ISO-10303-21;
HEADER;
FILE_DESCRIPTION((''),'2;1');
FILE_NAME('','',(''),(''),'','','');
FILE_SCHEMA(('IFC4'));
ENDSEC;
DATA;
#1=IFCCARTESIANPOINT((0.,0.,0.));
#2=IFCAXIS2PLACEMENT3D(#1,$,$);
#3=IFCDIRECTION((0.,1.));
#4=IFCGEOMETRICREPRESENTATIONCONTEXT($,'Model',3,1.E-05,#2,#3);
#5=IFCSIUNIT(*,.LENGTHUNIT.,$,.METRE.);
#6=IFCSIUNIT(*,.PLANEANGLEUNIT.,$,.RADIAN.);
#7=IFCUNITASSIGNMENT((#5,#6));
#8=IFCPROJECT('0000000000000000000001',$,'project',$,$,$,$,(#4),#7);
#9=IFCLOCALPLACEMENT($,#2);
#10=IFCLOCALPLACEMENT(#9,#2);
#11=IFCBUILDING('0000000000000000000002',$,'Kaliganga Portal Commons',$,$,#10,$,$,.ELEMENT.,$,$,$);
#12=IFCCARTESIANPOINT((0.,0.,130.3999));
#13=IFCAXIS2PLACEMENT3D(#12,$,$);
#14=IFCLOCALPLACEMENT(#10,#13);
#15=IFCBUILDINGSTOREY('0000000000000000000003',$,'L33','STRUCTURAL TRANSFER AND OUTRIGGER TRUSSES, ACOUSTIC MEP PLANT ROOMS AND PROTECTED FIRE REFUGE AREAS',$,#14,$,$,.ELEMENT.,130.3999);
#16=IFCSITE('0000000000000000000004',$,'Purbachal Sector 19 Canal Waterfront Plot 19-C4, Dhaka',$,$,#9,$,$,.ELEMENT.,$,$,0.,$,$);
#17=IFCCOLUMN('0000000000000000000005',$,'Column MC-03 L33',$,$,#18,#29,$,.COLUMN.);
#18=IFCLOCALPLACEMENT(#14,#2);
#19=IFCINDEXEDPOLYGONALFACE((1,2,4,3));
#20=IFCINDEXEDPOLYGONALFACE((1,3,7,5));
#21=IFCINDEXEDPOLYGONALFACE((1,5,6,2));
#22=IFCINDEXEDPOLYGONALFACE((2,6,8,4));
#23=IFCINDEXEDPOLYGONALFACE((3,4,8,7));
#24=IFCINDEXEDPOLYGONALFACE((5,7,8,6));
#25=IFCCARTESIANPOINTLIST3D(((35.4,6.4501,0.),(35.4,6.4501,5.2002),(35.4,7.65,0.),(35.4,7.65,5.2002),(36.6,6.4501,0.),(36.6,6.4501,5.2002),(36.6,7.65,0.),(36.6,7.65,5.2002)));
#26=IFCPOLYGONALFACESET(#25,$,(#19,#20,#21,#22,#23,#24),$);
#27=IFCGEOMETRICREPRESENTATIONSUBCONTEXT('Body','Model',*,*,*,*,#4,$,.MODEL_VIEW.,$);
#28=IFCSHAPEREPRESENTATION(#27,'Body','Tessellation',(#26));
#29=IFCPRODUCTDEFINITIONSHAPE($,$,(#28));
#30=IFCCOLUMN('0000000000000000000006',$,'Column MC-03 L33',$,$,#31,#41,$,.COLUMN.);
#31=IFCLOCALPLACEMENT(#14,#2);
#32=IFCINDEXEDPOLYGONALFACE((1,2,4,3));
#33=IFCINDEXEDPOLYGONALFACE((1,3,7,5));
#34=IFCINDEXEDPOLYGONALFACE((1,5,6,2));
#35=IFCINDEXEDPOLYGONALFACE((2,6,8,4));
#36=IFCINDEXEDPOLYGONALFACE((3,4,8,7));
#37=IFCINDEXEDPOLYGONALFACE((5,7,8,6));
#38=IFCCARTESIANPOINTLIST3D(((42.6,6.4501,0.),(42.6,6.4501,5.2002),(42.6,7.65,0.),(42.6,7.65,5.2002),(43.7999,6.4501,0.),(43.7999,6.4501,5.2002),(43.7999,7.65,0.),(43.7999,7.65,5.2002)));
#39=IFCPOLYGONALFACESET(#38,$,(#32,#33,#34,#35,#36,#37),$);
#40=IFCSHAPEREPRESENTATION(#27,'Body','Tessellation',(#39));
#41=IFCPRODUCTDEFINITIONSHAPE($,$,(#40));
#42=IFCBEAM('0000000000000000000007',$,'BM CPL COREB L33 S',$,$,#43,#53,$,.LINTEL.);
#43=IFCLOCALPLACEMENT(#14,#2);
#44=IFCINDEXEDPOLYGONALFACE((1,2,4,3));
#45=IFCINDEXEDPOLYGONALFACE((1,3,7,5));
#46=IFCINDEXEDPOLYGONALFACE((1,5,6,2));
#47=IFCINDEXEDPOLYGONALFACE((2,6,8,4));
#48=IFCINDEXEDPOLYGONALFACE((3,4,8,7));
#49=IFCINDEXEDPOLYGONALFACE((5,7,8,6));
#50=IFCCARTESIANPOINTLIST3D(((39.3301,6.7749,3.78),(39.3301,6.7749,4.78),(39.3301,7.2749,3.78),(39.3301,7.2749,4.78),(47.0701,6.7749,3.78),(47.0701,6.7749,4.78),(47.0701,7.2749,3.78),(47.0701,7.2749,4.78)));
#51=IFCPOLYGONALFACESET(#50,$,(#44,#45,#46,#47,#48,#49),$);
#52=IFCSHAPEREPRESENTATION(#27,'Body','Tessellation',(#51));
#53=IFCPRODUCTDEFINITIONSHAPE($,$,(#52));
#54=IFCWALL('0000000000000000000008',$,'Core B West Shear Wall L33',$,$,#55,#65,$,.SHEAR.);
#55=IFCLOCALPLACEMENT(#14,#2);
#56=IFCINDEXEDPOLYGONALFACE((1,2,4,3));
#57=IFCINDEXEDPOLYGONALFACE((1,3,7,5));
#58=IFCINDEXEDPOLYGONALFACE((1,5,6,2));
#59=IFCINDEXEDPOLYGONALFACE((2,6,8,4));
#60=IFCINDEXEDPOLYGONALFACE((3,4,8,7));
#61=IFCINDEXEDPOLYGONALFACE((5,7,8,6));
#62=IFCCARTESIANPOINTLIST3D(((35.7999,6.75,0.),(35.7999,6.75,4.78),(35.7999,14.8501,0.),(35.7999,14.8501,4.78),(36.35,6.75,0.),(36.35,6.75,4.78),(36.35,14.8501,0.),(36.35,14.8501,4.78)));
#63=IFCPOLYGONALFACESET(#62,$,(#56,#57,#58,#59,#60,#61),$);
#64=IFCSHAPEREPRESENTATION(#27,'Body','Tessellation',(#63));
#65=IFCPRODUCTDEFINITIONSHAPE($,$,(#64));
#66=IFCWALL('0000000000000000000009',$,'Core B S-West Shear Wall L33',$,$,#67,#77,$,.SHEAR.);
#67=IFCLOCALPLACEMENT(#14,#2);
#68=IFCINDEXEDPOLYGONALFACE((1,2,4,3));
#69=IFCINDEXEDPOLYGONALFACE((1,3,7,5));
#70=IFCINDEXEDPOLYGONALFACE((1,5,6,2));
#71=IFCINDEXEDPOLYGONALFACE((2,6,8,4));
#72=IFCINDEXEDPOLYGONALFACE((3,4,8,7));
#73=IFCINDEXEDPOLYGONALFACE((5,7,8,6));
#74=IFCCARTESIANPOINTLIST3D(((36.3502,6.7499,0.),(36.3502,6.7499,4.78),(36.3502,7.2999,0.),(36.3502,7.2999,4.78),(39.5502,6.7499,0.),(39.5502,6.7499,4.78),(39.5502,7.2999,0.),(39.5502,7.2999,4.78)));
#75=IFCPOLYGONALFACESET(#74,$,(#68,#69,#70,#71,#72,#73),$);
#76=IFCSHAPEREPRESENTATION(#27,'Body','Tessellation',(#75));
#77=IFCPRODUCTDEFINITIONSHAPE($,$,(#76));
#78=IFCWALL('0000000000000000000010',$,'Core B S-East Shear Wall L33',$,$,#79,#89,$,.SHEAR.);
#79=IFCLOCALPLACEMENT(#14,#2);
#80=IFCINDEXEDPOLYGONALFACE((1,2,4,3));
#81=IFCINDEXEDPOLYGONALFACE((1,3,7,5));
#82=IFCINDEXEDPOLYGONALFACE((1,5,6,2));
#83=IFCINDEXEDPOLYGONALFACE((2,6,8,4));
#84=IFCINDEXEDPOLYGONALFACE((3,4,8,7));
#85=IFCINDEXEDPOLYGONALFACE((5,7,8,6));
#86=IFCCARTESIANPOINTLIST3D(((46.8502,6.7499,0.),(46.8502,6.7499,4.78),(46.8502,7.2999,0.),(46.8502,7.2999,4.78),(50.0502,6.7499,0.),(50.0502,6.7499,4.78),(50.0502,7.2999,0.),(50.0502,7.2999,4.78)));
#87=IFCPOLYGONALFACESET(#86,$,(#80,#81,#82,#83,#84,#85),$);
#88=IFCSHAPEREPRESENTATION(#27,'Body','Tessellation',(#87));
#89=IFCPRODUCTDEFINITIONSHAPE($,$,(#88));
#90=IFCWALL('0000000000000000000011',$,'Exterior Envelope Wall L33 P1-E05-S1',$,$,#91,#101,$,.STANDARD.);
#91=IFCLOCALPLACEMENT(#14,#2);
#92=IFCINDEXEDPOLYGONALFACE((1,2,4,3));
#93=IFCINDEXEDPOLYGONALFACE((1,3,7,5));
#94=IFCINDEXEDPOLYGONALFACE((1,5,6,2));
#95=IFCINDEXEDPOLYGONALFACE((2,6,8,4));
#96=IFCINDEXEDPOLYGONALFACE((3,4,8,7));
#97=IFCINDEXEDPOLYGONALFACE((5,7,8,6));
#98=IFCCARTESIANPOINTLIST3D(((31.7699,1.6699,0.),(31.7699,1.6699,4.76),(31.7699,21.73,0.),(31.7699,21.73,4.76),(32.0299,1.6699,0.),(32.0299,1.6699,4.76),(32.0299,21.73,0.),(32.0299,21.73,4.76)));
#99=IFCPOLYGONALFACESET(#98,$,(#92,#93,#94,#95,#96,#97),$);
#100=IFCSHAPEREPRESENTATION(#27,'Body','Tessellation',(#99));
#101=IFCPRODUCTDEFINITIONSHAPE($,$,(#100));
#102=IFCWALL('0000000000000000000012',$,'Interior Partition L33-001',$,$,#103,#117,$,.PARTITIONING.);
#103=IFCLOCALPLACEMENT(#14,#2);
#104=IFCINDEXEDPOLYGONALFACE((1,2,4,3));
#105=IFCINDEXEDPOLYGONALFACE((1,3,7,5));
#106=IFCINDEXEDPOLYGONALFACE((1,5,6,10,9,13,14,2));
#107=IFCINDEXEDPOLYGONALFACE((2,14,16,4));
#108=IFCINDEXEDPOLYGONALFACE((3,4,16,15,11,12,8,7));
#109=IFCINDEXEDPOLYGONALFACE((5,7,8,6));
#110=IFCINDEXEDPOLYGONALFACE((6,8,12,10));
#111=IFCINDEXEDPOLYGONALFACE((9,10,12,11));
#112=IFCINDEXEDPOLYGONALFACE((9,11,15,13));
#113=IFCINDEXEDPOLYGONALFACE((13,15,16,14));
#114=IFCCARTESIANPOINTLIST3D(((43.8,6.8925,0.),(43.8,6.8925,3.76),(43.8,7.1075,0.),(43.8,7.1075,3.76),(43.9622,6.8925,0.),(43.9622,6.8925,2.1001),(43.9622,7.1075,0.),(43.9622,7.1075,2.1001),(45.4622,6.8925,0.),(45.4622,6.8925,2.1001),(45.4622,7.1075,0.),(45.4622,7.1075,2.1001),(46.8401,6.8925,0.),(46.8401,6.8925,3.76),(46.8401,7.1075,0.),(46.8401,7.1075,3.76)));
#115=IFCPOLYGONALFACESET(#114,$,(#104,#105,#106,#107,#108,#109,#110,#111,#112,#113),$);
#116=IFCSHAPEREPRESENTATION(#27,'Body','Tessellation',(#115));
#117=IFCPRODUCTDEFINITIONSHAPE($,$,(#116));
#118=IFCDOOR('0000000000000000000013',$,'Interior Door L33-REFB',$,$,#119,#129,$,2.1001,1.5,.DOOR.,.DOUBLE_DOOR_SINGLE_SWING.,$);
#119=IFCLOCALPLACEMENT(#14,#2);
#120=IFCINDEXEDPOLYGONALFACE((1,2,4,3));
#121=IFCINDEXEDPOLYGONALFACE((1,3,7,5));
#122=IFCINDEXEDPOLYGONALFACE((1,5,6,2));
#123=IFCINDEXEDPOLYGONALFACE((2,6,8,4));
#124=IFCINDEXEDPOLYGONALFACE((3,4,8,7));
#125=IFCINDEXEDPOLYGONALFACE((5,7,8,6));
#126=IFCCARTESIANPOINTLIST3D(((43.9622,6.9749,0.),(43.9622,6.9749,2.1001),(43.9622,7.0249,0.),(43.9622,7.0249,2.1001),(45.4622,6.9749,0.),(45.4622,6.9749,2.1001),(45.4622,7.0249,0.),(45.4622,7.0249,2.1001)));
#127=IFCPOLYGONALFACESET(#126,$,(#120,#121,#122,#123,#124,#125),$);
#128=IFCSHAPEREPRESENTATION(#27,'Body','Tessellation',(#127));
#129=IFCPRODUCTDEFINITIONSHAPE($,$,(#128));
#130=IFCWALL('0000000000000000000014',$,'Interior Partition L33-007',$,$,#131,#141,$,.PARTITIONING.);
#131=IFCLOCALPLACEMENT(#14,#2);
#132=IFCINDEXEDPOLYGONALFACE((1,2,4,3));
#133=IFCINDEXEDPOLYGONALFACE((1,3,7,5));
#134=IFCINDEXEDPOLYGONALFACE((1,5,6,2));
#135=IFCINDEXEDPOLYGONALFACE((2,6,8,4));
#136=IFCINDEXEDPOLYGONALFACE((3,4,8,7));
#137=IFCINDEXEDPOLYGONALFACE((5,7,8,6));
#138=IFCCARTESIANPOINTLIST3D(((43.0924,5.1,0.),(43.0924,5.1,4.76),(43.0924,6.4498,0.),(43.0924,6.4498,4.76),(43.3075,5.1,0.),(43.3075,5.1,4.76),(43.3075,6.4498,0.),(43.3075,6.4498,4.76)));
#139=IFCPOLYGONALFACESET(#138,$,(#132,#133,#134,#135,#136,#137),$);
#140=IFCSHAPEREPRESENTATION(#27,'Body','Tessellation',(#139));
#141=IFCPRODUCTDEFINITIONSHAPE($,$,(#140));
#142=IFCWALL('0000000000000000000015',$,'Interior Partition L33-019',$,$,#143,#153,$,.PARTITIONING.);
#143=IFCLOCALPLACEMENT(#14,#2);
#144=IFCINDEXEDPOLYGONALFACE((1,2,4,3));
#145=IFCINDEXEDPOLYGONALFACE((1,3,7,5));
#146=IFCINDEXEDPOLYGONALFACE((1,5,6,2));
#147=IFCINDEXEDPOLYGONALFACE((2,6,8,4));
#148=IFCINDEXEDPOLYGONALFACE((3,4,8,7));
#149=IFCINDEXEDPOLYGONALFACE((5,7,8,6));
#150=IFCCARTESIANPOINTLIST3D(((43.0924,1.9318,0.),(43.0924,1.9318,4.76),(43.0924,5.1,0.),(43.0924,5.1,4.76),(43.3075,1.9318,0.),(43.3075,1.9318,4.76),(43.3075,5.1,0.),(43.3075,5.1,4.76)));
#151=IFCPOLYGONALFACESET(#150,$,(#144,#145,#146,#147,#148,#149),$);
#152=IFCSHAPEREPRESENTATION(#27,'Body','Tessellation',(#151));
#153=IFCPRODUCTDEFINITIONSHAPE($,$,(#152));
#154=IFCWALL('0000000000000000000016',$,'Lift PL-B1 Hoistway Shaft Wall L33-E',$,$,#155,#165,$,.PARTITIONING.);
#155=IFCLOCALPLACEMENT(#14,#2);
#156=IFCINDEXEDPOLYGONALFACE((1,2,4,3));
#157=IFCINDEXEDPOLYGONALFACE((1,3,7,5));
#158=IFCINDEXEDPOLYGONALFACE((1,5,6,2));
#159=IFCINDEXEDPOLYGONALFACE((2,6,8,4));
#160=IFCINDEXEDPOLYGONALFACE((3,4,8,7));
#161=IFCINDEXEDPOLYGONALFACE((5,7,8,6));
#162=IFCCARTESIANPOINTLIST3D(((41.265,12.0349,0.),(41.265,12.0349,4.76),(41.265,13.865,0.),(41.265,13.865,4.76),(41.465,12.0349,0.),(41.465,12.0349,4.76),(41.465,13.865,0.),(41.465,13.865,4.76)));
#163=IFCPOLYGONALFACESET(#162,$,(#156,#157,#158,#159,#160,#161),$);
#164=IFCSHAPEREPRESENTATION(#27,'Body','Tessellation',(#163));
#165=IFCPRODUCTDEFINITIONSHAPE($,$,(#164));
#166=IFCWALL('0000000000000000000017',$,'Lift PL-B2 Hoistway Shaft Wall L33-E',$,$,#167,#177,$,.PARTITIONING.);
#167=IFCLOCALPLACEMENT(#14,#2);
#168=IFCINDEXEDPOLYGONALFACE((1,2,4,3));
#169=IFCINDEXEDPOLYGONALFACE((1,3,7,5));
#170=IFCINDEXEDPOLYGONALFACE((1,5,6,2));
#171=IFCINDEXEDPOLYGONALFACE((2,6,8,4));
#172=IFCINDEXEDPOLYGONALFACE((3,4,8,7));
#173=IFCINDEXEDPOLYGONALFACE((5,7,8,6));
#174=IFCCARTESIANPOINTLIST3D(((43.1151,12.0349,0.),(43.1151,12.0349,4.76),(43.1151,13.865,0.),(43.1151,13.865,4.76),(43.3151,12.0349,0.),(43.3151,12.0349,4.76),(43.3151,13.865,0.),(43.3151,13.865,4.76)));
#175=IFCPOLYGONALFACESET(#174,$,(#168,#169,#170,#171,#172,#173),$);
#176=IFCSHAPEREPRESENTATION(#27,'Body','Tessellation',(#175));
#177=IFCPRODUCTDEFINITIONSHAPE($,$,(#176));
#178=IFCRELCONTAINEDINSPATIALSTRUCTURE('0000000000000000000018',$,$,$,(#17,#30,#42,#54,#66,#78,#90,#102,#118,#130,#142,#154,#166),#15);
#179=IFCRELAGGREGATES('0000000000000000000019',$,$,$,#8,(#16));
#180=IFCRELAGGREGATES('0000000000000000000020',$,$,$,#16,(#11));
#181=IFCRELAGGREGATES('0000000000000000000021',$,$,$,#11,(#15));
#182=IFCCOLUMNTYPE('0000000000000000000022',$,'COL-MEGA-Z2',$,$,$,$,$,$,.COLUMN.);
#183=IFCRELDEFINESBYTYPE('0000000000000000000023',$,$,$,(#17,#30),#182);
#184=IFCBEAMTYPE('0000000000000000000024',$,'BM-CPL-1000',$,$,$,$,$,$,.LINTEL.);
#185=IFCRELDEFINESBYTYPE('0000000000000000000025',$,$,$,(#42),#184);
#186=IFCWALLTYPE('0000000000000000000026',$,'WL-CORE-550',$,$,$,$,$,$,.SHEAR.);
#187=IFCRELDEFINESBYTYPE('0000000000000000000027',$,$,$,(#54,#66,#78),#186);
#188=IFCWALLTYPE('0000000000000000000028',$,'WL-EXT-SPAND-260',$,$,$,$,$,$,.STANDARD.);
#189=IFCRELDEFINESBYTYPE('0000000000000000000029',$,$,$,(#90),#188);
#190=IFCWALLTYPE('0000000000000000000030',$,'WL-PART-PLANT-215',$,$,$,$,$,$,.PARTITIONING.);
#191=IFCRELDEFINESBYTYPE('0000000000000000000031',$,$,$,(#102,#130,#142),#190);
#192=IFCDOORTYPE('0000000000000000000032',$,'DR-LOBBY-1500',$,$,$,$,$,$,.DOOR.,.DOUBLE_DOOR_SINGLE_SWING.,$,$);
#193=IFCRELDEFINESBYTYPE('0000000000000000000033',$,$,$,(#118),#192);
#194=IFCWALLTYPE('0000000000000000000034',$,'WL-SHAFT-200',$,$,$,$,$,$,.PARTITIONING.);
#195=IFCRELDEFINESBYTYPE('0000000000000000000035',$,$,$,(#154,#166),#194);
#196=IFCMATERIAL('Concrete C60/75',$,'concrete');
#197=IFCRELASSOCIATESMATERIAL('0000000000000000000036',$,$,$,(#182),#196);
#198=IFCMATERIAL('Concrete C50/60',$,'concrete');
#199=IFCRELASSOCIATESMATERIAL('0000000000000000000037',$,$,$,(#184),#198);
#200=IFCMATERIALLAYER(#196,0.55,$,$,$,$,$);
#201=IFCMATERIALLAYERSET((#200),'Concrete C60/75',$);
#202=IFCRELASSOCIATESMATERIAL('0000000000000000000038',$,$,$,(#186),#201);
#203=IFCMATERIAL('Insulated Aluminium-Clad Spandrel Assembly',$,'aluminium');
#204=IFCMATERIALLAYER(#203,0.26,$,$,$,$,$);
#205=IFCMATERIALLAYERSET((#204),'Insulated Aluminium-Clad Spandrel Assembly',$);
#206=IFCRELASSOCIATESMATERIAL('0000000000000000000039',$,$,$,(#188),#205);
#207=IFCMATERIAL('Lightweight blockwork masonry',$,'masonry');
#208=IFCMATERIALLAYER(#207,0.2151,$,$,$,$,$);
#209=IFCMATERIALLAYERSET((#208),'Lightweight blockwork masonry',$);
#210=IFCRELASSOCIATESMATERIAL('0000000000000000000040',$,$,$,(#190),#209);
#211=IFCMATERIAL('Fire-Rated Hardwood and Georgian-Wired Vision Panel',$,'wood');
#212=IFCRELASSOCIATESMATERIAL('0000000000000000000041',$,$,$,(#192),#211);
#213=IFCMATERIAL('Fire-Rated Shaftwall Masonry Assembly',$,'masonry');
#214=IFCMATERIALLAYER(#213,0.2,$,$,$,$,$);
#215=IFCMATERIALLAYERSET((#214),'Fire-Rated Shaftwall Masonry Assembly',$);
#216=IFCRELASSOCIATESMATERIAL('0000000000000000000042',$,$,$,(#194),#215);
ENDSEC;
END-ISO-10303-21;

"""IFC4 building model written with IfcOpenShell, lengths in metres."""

from ifc_helpers import new_model, si_unit, direction, frame, frame_2d, origin, origin_2d, place, context, subcontext, project, spatial, rectangle, extrude, source, transform, mapped, material, layer, layer_set, material_profile, profile_set, type_object, element, fill, save


model = new_model("IFC4")

# Units and contexts
model_context = context("Model", 3, precision=1e-05, world=origin(), true_north=direction((0.0, 1.0)))
body_context = subcontext(model_context, "Body", "Model", "MODEL_VIEW")
ifc_project = project(units=[si_unit("LENGTHUNIT", "METRE"), si_unit("PLANEANGLEUNIT", "RADIAN")], contexts=[model_context])

# Site, building, storey
site_placement = place(None, origin())
site = spatial("IfcSite", under=ifc_project, at=site_placement, Name="Purbachal Sector 19 Canal Waterfront Plot 19-C4, Dhaka", CompositionType="ELEMENT", RefElevation=0.0)
building_placement = place(site_placement, origin())
building = spatial("IfcBuilding", under=site, at=building_placement, Name="Kaliganga Portal Commons", CompositionType="ELEMENT")
storey_placement = place(building_placement, frame((0.0, 0.0, 130.3999)))
storey = spatial("IfcBuildingStorey", under=building, at=storey_placement, Name="L33", Description="STRUCTURAL TRANSFER AND OUTRIGGER TRUSSES, ACOUSTIC MEP PLANT ROOMS AND PROTECTED FIRE REFUGE AREAS", CompositionType="ELEMENT", Elevation=130.3999)

# Columns
ifc_material_1 = material(Name="Concrete C60/75", Category="concrete")
ifc_material_profile_1 = material_profile(ifc_material_1, rectangle(XDim=1.2, YDim=1.2, at=origin_2d()), Name="RC 1200x1200")
ifc_profile_set_1 = profile_set([ifc_material_profile_1], Name="Concrete C60/75")
column_type = type_object("IfcColumnType", Name="COL-MEGA-Z2", PredefinedType="COLUMN", material=ifc_profile_set_1)
shared_shape_1 = source(origin(), body_context, "Body", "SweptSolid", [
    extrude(rectangle(XDim=1.2, YDim=1.2, at=origin_2d()), origin(), (0.0, 0.0, 1.0), 5.2002),
])
for number, where, z_axis, x_axis, name in (
    (1, (36.0, 7.05, 0.0), (0.0, 0.0, 1.0), (1.0, 0.0, 0.0), "Column MC-03 L33"),
    (2, (43.2, 7.05, 0.0), (0.0, 0.0, 1.0), (1.0, 0.0, 0.0), "Column MC-03 L33"),
):
    element("IfcColumn", number, at=place(storey_placement, frame(where, z_axis=z_axis, x_axis=x_axis)), inside=storey, type_object=column_type, Name=name, PredefinedType="COLUMN", context=body_context, shape_type="MappedRepresentation", body=[
        mapped(shared_shape_1, transform((0.0, 0.0, 0.0), x_axis=(1.0, 0.0, 0.0), y_axis=(0.0, 1.0, 0.0), z_axis=(0.0, 0.0, 1.0), scale=1.0)),
    ])

# Beam
ifc_material_2 = material(Name="Concrete C50/60", Category="concrete")
ifc_material_profile_2 = material_profile(ifc_material_2, rectangle(XDim=0.5, YDim=1.0, at=origin_2d()), Name="RC 500x1000")
ifc_profile_set_2 = profile_set([ifc_material_profile_2], Name="Concrete C50/60")
beam_type = type_object("IfcBeamType", Name="BM-CPL-1000", PredefinedType="LINTEL", material=ifc_profile_set_2)
shared_shape_2 = source(origin(), body_context, "Body", "SweptSolid", [
    extrude(rectangle(XDim=0.5, YDim=1.0, at=origin_2d()), origin(), (0.0, 0.0, 1.0), 7.74),
])
beam_placement = place(storey_placement, frame((39.3301, 7.0249, 4.28), z_axis=(1.0, 0.0, 0.0), x_axis=(0.0, 1.0, 0.0)))
element("IfcBeam", 3, at=beam_placement, inside=storey, type_object=beam_type, Name="BM CPL COREB L33 S", PredefinedType="LINTEL", context=body_context, shape_type="MappedRepresentation", body=[
    mapped(shared_shape_2, transform((0.0, 0.0, 0.0), x_axis=(1.0, 0.0, 0.0), y_axis=(0.0, 1.0, 0.0), z_axis=(0.0, 0.0, 1.0), scale=1.0)),
])

# Walls
ifc_layer_1 = layer(ifc_material_1, 0.55)
ifc_layer_set_1 = layer_set([ifc_layer_1], Name="Concrete C60/75")
wall_type_1 = type_object("IfcWallType", Name="WL-CORE-550", PredefinedType="SHEAR", material=ifc_layer_set_1)
wall_1_placement = place(storey_placement, frame((36.075, 6.75, 0.0), z_axis=(0.0, 0.0, 1.0), x_axis=(0.0, 1.0, 0.0)))
element("IfcWall", 4, at=wall_1_placement, inside=storey, type_object=wall_type_1, Name="Core B West Shear Wall L33", PredefinedType="SHEAR", context=body_context, shape_type="SweptSolid", body=[
    extrude(rectangle(XDim=8.1001, YDim=0.55, at=frame_2d((4.05, 0.0))), origin(), (0.0, 0.0, 1.0), 4.78),
])
for number, where, z_axis, x_axis, name in (
    (5, (36.3501, 7.0249, 0.0), (0.0, 0.0, 1.0), (1.0, 0.0, 0.0), "Core B S-West Shear Wall L33"),
    (6, (46.8501, 7.0249, 0.0), (0.0, 0.0, 1.0), (1.0, 0.0, 0.0), "Core B S-East Shear Wall L33"),
):
    element("IfcWall", number, at=place(storey_placement, frame(where, z_axis=z_axis, x_axis=x_axis)), inside=storey, type_object=wall_type_1, Name=name, PredefinedType="SHEAR", context=body_context, shape_type="SweptSolid", body=[
        extrude(rectangle(XDim=3.2, YDim=0.55, at=frame_2d((1.6001, 0.0))), origin(), (0.0, 0.0, 1.0), 4.78),
    ])
ifc_material_3 = material(Name="Insulated Aluminium-Clad Spandrel Assembly", Category="aluminium")
ifc_layer_2 = layer(ifc_material_3, 0.26)
ifc_layer_set_2 = layer_set([ifc_layer_2], Name="Insulated Aluminium-Clad Spandrel Assembly")
wall_type_2 = type_object("IfcWallType", Name="WL-EXT-SPAND-260", PredefinedType="STANDARD", material=ifc_layer_set_2)
wall_2_placement = place(storey_placement, frame((31.8999, 1.6699, 0.0), z_axis=(0.0, 0.0, 1.0), x_axis=(0.0, 1.0, 0.0)))
element("IfcWall", 7, at=wall_2_placement, inside=storey, type_object=wall_type_2, Name="Exterior Envelope Wall L33 P1-E05-S1", PredefinedType="STANDARD", context=body_context, shape_type="SweptSolid", body=[
    extrude(rectangle(XDim=20.0601, YDim=0.26, at=frame_2d((10.03, 0.0))), origin(), (0.0, 0.0, 1.0), 4.76),
])

# Wall, opening, door
ifc_material_4 = material(Name="Lightweight blockwork masonry", Category="masonry")
ifc_layer_3 = layer(ifc_material_4, 0.2151)
ifc_layer_set_3 = layer_set([ifc_layer_3], Name="Lightweight blockwork masonry")
wall_type_3 = type_object("IfcWallType", Name="WL-PART-PLANT-215", PredefinedType="PARTITIONING", material=ifc_layer_set_3)
wall_3_placement = place(storey_placement, frame((43.8, 7.0, 0.0), z_axis=(0.0, 0.0, 1.0), x_axis=(1.0, 0.0, 0.0)))
wall_3 = element("IfcWall", 8, at=wall_3_placement, inside=storey, type_object=wall_type_3, Name="Interior Partition L33-001", PredefinedType="PARTITIONING", context=body_context, shape_type="SweptSolid", body=[
    extrude(rectangle(XDim=3.04, YDim=0.2151, at=frame_2d((1.52, 0.0))), origin(), (0.0, 0.0, 1.0), 3.76),
])
opening_1_placement = place(wall_3_placement, frame((0.1621, 0.0, 0.0)))
opening_1 = element("IfcOpeningElement", 9, at=opening_1_placement, cuts=wall_3, PredefinedType="OPENING", context=body_context, shape_type="SweptSolid", body=[
    extrude(rectangle(XDim=1.5, YDim=2.1001, at=frame_2d((0.75, 1.05))), frame((0.0, 0.1177, 0.0), z_axis=(0.0, -1.0, 0.0), x_axis=(1.0, 0.0, 0.0)), (0.0, 0.0, 1.0), 0.2351),
])
ifc_material_5 = material(Name="Fire-Rated Hardwood and Georgian-Wired Vision Panel", Category="wood")
door_type_1 = type_object("IfcDoorType", Name="DR-LOBBY-1500", OperationType="DOUBLE_DOOR_SINGLE_SWING", PredefinedType="DOOR", material=ifc_material_5)
door_1_placement = place(opening_1_placement, origin())
door_1 = element("IfcDoor", 10, at=door_1_placement, inside=storey, type_object=door_type_1, Name="Interior Door L33-REFB", OperationType="DOUBLE_DOOR_SINGLE_SWING", OverallHeight=2.1001, OverallWidth=1.5, PredefinedType="DOOR", context=body_context, shape_type="SweptSolid", body=[
    extrude(rectangle(XDim=1.5, YDim=2.1001, at=frame_2d((0.75, 1.05))), frame((0.0, 0.0249, 0.0), z_axis=(0.0, -1.0, 0.0), x_axis=(1.0, 0.0, 0.0)), (0.0, 0.0, 1.0), 0.05),
])
fill(opening_1, door_1)

# Walls
wall_4_placement = place(storey_placement, frame((43.2, 5.1001, 0.0), z_axis=(0.0, 0.0, 1.0), x_axis=(0.0, 1.0, 0.0)))
element("IfcWall", 11, at=wall_4_placement, inside=storey, type_object=wall_type_3, Name="Interior Partition L33-007", PredefinedType="PARTITIONING", context=body_context, shape_type="SweptSolid", body=[
    extrude(rectangle(XDim=1.3499, YDim=0.2151, at=frame_2d((0.6748, 0.0))), origin(), (0.0, 0.0, 1.0), 4.76),
])
wall_5_placement = place(storey_placement, frame((43.2, 1.9319, 0.0), z_axis=(0.0, 0.0, 1.0), x_axis=(0.0, 1.0, 0.0)))
element("IfcWall", 12, at=wall_5_placement, inside=storey, type_object=wall_type_3, Name="Interior Partition L33-019", PredefinedType="PARTITIONING", context=body_context, shape_type="SweptSolid", body=[
    extrude(rectangle(XDim=3.1682, YDim=0.2151, at=frame_2d((1.584, 0.0))), origin(), (0.0, 0.0, 1.0), 4.76),
])

# Shared definitions
ifc_material_6 = material(Name="Fire-Rated Shaftwall Masonry Assembly", Category="masonry")
ifc_layer_4 = layer(ifc_material_6, 0.2)
ifc_layer_set_4 = layer_set([ifc_layer_4], Name="Fire-Rated Shaftwall Masonry Assembly")
wall_type_4 = type_object("IfcWallType", Name="WL-SHAFT-200", PredefinedType="PARTITIONING", material=ifc_layer_set_4)

# Wall
wall_6_placement = place(storey_placement, frame((41.365, 12.0349, 0.0), z_axis=(0.0, 0.0, 1.0), x_axis=(0.0, 1.0, 0.0)))
element("IfcWall", 13, at=wall_6_placement, inside=storey, type_object=wall_type_4, Name="Lift PL-B1 Hoistway Shaft Wall L33-E", PredefinedType="PARTITIONING", context=body_context, shape_type="SweptSolid", body=[
    extrude(rectangle(XDim=1.8301, YDim=0.2, at=frame_2d((0.915, 0.0))), origin(), (0.0, 0.0, 1.0), 4.76),
])

# Wall
wall_7_placement = place(storey_placement, frame((43.2151, 12.0349, 0.0), z_axis=(0.0, 0.0, 1.0), x_axis=(0.0, 1.0, 0.0)))
element("IfcWall", 14, at=wall_7_placement, inside=storey, type_object=wall_type_4, Name="Lift PL-B2 Hoistway Shaft Wall L33-E", PredefinedType="PARTITIONING", context=body_context, shape_type="SweptSolid", body=[
    extrude(rectangle(XDim=1.8301, YDim=0.2, at=frame_2d((0.915, 0.0))), origin(), (0.0, 0.0, 1.0), 4.76),
])

save(model, "model.ifc")
